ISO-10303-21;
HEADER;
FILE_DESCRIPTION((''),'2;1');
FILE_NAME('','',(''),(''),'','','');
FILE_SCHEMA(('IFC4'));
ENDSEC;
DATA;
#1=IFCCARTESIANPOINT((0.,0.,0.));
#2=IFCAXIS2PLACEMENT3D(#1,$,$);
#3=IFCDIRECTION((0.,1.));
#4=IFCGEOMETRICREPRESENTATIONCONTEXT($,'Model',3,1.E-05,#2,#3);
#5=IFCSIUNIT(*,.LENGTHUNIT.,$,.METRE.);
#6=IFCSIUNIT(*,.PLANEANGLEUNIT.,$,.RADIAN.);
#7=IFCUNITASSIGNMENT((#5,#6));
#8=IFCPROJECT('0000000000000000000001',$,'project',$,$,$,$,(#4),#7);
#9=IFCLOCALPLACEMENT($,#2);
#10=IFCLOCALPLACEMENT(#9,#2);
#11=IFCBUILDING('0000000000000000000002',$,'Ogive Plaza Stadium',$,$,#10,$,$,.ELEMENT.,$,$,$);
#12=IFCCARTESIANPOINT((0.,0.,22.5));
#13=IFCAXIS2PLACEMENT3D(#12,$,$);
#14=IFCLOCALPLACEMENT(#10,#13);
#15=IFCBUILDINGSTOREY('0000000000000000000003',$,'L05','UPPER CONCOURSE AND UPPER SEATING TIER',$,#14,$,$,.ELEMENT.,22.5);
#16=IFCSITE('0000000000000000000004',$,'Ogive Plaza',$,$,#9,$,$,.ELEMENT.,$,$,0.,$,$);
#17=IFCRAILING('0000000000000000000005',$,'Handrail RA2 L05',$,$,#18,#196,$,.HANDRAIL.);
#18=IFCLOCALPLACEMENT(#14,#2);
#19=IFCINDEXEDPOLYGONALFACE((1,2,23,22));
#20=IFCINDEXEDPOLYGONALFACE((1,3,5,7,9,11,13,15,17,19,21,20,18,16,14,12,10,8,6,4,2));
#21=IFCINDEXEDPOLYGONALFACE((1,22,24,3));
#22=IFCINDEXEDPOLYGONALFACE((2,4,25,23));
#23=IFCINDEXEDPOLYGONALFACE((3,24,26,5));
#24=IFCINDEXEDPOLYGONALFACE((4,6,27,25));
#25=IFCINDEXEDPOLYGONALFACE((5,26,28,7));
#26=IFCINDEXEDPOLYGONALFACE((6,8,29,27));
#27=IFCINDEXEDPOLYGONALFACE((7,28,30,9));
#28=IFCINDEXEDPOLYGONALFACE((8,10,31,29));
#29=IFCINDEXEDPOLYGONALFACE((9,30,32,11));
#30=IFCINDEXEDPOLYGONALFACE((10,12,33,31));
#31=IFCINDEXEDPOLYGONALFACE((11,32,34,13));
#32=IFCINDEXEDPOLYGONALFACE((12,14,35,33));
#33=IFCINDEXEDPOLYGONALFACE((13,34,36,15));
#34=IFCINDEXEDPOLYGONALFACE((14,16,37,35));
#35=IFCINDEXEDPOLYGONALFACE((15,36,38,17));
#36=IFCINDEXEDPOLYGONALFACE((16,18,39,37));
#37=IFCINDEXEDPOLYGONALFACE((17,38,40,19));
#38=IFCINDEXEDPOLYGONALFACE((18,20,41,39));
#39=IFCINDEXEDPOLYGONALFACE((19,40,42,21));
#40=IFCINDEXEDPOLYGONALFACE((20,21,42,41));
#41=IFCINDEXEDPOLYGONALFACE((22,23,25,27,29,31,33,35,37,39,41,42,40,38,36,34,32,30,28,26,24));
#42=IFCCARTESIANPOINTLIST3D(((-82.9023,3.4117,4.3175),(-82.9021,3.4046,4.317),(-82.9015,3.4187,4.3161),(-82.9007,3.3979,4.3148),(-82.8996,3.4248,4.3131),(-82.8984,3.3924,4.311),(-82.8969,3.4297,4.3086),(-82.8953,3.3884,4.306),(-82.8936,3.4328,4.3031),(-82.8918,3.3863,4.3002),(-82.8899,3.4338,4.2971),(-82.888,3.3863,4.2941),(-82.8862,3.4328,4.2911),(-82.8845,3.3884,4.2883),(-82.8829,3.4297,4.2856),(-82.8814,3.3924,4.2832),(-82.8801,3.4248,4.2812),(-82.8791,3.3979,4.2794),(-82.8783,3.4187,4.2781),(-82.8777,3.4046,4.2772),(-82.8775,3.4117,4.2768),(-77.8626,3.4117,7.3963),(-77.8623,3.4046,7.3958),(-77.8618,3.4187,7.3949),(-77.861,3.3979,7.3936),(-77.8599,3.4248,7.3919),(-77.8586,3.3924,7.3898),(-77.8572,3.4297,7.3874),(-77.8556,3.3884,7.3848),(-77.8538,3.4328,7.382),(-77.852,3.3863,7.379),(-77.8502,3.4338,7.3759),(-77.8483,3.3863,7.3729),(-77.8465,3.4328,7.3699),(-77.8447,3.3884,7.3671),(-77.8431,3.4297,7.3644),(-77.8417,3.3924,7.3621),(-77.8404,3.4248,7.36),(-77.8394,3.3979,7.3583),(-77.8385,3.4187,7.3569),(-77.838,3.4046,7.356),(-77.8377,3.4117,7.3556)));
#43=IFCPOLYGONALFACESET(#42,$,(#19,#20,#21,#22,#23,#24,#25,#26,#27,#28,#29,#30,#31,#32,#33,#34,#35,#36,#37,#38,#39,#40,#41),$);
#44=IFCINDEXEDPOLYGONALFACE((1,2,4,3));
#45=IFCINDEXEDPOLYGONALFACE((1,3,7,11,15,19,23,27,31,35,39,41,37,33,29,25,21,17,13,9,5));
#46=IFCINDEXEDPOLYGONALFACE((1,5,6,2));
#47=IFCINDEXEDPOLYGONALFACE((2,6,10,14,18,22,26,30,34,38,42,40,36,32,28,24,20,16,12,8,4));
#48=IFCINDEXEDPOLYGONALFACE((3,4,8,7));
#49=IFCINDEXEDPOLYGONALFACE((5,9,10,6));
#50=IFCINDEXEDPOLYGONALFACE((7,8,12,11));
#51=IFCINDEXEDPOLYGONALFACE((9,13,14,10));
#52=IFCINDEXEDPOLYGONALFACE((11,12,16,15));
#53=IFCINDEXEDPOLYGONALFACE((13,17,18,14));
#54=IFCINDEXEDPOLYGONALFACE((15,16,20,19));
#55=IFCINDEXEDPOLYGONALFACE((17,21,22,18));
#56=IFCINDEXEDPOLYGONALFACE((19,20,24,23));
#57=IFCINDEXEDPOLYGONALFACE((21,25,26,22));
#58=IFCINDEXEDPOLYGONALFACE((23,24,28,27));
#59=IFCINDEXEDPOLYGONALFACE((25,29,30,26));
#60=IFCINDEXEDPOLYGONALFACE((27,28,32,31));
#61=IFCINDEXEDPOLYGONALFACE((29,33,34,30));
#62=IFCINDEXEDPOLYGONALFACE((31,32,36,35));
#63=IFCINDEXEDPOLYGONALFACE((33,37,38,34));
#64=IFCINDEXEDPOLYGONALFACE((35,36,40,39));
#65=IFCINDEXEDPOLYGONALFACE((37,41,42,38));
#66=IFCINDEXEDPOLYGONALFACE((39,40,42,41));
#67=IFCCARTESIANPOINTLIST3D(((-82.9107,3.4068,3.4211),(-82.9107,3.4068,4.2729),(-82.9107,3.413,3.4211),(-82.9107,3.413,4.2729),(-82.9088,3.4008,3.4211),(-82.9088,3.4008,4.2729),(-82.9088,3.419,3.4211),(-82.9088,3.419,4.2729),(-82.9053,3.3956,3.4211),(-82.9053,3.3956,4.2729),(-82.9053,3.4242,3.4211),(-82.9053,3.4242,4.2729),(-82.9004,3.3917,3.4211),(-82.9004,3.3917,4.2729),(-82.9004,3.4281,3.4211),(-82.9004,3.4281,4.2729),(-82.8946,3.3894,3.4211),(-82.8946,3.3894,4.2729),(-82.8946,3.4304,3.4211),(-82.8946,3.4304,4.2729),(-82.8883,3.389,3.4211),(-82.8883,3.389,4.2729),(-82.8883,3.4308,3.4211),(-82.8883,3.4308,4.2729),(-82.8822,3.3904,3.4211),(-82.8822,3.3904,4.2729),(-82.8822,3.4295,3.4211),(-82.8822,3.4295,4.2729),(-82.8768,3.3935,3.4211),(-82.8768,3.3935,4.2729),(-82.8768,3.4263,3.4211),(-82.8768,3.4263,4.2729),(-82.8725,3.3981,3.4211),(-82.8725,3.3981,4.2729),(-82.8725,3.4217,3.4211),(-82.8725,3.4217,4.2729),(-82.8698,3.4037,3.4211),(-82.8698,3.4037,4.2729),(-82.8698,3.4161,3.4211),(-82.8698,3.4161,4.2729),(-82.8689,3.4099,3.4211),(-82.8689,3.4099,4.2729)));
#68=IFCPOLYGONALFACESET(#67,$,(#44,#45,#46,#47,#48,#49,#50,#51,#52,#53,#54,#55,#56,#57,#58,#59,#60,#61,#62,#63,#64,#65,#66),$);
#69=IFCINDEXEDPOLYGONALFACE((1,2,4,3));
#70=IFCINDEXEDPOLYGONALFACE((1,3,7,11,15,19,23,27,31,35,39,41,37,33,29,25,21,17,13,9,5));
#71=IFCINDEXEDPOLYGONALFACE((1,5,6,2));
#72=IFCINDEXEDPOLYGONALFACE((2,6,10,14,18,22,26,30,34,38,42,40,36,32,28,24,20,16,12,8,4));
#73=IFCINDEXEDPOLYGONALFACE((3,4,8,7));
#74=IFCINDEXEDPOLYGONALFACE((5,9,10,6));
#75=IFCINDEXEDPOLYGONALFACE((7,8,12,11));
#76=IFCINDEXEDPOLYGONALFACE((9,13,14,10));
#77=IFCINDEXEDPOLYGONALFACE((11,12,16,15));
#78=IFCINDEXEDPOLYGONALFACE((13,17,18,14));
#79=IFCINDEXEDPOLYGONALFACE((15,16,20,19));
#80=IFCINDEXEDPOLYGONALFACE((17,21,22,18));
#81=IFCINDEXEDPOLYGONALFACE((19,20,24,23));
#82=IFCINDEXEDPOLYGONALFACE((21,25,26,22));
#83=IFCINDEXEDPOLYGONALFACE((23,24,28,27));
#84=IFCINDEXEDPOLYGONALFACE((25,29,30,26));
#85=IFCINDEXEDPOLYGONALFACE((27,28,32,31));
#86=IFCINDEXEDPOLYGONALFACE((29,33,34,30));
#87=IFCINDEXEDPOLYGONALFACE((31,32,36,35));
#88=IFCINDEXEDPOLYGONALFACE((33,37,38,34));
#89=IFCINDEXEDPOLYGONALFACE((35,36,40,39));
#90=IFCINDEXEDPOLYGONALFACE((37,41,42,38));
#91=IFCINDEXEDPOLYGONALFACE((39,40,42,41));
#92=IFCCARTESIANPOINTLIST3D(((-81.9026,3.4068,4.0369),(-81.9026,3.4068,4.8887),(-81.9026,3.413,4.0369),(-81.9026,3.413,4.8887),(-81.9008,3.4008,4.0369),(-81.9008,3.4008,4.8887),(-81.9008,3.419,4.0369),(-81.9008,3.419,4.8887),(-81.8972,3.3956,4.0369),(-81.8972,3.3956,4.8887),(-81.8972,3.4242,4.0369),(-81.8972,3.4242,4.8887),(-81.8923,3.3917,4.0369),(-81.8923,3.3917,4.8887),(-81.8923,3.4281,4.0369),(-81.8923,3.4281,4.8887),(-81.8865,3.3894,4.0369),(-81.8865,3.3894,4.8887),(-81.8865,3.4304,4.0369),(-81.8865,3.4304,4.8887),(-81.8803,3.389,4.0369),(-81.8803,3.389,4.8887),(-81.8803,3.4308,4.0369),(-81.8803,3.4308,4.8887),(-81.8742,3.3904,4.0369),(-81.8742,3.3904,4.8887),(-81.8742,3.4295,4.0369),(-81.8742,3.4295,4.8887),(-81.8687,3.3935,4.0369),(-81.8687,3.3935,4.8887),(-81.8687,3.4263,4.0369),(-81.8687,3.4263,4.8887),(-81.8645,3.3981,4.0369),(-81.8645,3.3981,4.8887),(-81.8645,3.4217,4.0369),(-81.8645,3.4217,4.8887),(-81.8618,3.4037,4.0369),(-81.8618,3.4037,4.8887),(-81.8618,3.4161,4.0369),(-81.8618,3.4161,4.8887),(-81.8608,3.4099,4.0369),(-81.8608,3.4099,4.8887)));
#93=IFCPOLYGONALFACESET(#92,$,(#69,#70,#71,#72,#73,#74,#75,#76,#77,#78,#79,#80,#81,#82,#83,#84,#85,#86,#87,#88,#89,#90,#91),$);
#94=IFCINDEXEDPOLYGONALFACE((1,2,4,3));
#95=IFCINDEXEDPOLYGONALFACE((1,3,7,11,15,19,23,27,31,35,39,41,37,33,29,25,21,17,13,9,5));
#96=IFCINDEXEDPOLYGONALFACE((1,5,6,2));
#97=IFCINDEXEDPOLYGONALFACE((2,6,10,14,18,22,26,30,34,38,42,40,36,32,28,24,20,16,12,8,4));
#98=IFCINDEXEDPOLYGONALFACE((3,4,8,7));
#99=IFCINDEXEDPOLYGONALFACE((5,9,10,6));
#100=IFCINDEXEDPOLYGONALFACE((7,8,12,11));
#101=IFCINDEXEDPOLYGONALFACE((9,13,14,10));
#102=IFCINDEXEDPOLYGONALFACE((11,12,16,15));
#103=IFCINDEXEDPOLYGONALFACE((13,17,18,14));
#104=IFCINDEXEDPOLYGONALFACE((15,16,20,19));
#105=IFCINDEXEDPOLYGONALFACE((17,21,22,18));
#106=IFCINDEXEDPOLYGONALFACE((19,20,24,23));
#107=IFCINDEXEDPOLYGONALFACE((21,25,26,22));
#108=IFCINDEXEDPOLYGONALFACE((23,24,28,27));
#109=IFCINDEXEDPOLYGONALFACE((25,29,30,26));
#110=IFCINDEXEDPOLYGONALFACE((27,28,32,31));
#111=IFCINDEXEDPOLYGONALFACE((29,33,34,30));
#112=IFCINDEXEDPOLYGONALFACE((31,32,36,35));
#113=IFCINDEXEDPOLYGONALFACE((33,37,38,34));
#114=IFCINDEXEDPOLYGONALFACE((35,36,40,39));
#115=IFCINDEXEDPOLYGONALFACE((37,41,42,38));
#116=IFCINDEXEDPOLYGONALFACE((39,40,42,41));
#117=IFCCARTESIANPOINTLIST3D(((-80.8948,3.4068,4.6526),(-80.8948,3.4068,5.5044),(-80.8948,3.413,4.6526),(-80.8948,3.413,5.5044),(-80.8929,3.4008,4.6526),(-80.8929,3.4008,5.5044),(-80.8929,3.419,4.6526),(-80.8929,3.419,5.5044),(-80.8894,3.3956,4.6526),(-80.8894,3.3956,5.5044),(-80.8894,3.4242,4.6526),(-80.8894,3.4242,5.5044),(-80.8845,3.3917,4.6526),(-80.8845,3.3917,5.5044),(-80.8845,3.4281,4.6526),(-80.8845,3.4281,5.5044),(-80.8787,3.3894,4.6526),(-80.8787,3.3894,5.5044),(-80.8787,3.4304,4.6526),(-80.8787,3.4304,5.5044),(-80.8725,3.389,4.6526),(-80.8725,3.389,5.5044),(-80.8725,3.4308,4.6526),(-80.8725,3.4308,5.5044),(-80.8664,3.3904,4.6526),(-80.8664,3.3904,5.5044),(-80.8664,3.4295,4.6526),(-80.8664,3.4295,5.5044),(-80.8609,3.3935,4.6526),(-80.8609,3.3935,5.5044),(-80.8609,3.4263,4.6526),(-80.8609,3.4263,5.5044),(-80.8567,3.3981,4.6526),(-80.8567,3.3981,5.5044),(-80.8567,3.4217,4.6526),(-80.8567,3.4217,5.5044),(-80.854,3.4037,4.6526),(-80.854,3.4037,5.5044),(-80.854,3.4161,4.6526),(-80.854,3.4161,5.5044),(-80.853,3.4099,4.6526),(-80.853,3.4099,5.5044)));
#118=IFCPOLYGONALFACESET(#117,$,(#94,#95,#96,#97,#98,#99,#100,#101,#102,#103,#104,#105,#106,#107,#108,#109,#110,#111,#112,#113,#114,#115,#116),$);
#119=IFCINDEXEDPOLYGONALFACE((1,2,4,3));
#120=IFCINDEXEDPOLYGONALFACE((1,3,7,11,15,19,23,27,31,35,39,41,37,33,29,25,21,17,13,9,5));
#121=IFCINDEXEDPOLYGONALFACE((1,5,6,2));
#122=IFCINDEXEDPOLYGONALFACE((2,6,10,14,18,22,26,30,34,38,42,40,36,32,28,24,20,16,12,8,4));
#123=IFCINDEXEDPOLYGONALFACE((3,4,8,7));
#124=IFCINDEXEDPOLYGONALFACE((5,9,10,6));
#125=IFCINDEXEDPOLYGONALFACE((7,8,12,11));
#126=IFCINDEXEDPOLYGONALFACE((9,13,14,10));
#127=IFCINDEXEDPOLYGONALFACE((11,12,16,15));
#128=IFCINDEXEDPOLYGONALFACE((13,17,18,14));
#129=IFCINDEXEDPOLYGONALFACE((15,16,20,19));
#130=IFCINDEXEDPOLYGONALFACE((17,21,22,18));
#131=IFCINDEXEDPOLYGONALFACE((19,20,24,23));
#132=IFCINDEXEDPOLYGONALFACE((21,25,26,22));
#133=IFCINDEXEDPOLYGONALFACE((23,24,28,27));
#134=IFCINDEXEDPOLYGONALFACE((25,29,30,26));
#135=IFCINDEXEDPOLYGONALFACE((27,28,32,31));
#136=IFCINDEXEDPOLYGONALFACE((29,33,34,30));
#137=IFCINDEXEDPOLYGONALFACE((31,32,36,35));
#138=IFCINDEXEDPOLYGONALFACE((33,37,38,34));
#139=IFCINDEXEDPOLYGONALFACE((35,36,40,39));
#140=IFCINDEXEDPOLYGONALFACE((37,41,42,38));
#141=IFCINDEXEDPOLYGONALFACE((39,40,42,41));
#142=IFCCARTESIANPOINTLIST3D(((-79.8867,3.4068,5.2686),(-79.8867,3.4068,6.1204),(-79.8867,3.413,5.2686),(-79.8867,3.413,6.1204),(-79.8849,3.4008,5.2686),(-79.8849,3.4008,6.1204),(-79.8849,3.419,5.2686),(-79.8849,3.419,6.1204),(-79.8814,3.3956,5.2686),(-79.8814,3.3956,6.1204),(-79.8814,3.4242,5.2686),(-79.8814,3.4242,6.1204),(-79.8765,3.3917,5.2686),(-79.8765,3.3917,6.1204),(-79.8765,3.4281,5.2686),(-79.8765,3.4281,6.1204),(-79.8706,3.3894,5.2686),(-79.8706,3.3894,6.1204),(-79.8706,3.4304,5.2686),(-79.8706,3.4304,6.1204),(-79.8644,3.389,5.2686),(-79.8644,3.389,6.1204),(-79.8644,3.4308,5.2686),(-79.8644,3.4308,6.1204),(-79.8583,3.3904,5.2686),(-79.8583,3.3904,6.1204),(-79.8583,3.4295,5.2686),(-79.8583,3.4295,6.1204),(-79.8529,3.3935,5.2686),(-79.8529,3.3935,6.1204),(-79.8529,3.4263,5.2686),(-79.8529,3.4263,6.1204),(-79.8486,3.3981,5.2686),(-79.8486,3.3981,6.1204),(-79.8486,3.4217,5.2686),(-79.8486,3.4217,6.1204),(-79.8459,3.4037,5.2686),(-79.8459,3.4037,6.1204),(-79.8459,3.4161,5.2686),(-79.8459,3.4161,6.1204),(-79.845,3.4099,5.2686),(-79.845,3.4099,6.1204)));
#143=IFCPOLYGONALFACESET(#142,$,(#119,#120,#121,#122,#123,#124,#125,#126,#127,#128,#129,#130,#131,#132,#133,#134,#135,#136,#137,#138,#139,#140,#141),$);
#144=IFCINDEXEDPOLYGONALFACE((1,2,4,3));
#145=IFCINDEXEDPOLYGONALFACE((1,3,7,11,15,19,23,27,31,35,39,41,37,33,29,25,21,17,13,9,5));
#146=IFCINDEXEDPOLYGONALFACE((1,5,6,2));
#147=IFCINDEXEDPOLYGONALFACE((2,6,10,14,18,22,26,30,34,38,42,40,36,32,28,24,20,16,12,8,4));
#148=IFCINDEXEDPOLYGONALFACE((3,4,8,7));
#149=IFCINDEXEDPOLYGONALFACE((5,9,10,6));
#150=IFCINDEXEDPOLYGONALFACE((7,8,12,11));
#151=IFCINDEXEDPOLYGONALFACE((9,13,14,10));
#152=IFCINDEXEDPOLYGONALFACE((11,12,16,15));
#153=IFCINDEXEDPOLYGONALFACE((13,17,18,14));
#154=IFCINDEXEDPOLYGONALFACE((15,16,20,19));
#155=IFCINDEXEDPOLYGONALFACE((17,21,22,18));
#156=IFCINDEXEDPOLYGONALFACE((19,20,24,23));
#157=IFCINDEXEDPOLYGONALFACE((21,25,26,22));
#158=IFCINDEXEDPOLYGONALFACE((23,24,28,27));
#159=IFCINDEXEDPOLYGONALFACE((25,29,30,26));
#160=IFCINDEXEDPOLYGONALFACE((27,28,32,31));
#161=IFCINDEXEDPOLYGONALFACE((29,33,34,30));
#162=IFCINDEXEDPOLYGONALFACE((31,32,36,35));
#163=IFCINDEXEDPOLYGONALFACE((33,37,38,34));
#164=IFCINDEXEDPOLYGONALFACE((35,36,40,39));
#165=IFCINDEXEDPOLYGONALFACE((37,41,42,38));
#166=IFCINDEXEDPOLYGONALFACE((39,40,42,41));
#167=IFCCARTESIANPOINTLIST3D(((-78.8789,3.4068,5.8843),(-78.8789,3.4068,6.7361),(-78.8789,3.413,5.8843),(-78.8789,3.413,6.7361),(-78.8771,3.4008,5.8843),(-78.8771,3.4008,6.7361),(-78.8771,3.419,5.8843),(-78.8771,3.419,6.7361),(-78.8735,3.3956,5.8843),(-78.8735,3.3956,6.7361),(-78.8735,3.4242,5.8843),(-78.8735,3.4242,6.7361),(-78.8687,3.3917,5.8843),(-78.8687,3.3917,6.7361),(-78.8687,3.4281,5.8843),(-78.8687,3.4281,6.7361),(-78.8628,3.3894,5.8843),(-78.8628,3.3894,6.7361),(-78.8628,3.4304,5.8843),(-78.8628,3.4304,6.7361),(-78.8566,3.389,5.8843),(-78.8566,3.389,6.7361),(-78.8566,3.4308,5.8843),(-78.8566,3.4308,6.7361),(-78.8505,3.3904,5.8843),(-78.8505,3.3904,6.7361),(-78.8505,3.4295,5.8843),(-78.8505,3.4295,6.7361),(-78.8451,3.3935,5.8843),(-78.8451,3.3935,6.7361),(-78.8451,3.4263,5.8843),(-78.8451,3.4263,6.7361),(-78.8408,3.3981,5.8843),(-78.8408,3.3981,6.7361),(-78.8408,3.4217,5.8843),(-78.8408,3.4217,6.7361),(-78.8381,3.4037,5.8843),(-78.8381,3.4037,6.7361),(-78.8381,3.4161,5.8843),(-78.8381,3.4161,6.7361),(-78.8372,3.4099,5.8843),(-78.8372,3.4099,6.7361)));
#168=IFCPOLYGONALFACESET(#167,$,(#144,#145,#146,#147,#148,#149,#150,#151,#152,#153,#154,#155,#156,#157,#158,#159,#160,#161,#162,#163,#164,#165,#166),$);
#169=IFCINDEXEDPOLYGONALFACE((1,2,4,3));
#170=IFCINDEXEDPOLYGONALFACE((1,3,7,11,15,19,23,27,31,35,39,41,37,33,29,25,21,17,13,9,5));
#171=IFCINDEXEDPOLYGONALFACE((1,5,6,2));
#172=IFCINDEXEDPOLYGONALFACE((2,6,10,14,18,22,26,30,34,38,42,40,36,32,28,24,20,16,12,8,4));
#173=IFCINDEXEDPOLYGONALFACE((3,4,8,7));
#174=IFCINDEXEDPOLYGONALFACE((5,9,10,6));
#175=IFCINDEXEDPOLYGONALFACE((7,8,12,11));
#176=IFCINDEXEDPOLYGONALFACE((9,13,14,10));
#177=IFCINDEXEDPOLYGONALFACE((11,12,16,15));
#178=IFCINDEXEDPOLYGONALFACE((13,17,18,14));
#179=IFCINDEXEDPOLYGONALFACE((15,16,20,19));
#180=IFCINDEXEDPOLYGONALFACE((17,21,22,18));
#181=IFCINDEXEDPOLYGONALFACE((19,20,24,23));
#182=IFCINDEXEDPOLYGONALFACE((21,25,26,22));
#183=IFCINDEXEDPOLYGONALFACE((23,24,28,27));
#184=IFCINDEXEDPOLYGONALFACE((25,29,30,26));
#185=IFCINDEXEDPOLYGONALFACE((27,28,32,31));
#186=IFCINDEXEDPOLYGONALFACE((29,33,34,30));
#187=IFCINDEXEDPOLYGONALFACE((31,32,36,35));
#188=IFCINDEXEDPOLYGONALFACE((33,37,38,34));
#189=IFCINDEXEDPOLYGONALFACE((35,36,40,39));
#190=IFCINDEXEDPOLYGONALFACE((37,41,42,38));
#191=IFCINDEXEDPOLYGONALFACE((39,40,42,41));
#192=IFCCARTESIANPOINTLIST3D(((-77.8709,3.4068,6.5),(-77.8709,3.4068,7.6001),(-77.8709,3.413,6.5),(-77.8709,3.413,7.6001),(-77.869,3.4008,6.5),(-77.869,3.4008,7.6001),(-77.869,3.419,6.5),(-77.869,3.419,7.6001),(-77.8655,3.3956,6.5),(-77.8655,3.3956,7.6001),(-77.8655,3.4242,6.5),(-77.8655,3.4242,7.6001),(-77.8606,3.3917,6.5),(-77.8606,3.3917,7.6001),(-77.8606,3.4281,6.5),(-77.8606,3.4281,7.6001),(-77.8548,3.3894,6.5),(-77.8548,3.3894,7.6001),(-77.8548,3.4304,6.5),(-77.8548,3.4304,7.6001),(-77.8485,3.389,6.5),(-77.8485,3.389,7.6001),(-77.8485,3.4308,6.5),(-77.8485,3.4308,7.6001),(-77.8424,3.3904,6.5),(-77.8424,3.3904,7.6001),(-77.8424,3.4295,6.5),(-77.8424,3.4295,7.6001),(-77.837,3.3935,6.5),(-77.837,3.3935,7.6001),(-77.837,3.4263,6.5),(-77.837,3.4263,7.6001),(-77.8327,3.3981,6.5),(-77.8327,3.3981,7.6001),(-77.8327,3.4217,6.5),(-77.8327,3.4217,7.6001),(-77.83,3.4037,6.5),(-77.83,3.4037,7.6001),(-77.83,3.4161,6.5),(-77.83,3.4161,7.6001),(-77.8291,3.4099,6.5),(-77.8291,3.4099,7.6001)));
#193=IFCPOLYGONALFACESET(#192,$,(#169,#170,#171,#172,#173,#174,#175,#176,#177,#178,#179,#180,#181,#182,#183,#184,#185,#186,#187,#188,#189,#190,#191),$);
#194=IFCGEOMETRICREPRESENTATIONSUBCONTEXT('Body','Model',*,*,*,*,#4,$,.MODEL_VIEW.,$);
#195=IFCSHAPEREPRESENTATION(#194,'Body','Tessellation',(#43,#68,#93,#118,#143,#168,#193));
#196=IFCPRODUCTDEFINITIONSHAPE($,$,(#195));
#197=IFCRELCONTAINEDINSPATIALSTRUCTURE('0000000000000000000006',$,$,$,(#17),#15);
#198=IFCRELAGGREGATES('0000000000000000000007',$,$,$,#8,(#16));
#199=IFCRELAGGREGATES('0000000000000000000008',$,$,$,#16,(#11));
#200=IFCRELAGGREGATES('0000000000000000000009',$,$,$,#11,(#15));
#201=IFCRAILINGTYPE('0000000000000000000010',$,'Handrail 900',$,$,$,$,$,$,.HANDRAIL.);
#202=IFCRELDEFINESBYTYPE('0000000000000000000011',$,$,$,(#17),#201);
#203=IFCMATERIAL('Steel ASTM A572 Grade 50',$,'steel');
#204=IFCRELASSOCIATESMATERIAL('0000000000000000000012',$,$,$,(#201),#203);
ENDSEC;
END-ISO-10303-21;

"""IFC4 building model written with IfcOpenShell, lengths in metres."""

from ifc_helpers import new_model, si_unit, direction, frame, origin, origin_2d, place, context, subcontext, project, spatial, circle, extrude, material, type_object, element, save


model = new_model("IFC4")

# Units and contexts
model_context = context("Model", 3, precision=1e-05, world=origin(), true_north=direction((0.0, 1.0)))
body_context = subcontext(model_context, "Body", "Model", "MODEL_VIEW")
ifc_project = project(units=[si_unit("LENGTHUNIT", "METRE"), si_unit("PLANEANGLEUNIT", "RADIAN")], contexts=[model_context])

# Site, building, storey
site_placement = place(None, origin())
site = spatial("IfcSite", under=ifc_project, at=site_placement, Name="Ogive Plaza", CompositionType="ELEMENT", RefElevation=0.0)
building_placement = place(site_placement, origin())
building = spatial("IfcBuilding", under=site, at=building_placement, Name="Ogive Plaza Stadium", CompositionType="ELEMENT")
storey_placement = place(building_placement, frame((0.0, 0.0, 22.5)))
storey = spatial("IfcBuildingStorey", under=building, at=storey_placement, Name="L05", Description="UPPER CONCOURSE AND UPPER SEATING TIER", CompositionType="ELEMENT", Elevation=22.5)

# Railing
ifc_material_1 = material(Name="Steel ASTM A572 Grade 50", Category="steel")
railing_type_1 = type_object("IfcRailingType", Name="Handrail 900", PredefinedType="HANDRAIL", material=ifc_material_1)
for number, where, name in (
    (1, (-82.8899, 3.4099, 3.4211), "Handrail RA2 L05"),
):
    element("IfcRailing", number, at=place(storey_placement, frame(where)), inside=storey, type_object=railing_type_1, Name=name, PredefinedType="HANDRAIL", context=body_context, shape_type="SweptSolid", body=[
        extrude(circle(Radius=0.0239, at=origin_2d()), frame((0.0, 0.0, 0.876), z_axis=(0.853358, 0.0, 0.521325), x_axis=(0.0, 1.0, 0.0)), (0.0, 0.0, 1.0), 5.9058),
        extrude(circle(Radius=0.021, at=origin_2d()), origin(), (0.0, 0.0, 1.0), 0.8518),
        extrude(circle(Radius=0.021, at=origin_2d()), frame((1.0081, 0.0, 0.6157)), (0.0, 0.0, 1.0), 0.8518),
        extrude(circle(Radius=0.021, at=origin_2d()), frame((2.0159, 0.0, 1.2314)), (0.0, 0.0, 1.0), 0.8518),
        extrude(circle(Radius=0.021, at=origin_2d()), frame((3.0239, 0.0, 1.8474)), (0.0, 0.0, 1.0), 0.8518),
        extrude(circle(Radius=0.021, at=origin_2d()), frame((4.0317, 0.0, 2.4631)), (0.0, 0.0, 1.0), 0.8518),
        extrude(circle(Radius=0.021, at=origin_2d()), frame((5.0398, 0.0, 3.0789)), (0.0, 0.0, 1.0), 1.1001),
    ])

save(model, "model.ifc")
